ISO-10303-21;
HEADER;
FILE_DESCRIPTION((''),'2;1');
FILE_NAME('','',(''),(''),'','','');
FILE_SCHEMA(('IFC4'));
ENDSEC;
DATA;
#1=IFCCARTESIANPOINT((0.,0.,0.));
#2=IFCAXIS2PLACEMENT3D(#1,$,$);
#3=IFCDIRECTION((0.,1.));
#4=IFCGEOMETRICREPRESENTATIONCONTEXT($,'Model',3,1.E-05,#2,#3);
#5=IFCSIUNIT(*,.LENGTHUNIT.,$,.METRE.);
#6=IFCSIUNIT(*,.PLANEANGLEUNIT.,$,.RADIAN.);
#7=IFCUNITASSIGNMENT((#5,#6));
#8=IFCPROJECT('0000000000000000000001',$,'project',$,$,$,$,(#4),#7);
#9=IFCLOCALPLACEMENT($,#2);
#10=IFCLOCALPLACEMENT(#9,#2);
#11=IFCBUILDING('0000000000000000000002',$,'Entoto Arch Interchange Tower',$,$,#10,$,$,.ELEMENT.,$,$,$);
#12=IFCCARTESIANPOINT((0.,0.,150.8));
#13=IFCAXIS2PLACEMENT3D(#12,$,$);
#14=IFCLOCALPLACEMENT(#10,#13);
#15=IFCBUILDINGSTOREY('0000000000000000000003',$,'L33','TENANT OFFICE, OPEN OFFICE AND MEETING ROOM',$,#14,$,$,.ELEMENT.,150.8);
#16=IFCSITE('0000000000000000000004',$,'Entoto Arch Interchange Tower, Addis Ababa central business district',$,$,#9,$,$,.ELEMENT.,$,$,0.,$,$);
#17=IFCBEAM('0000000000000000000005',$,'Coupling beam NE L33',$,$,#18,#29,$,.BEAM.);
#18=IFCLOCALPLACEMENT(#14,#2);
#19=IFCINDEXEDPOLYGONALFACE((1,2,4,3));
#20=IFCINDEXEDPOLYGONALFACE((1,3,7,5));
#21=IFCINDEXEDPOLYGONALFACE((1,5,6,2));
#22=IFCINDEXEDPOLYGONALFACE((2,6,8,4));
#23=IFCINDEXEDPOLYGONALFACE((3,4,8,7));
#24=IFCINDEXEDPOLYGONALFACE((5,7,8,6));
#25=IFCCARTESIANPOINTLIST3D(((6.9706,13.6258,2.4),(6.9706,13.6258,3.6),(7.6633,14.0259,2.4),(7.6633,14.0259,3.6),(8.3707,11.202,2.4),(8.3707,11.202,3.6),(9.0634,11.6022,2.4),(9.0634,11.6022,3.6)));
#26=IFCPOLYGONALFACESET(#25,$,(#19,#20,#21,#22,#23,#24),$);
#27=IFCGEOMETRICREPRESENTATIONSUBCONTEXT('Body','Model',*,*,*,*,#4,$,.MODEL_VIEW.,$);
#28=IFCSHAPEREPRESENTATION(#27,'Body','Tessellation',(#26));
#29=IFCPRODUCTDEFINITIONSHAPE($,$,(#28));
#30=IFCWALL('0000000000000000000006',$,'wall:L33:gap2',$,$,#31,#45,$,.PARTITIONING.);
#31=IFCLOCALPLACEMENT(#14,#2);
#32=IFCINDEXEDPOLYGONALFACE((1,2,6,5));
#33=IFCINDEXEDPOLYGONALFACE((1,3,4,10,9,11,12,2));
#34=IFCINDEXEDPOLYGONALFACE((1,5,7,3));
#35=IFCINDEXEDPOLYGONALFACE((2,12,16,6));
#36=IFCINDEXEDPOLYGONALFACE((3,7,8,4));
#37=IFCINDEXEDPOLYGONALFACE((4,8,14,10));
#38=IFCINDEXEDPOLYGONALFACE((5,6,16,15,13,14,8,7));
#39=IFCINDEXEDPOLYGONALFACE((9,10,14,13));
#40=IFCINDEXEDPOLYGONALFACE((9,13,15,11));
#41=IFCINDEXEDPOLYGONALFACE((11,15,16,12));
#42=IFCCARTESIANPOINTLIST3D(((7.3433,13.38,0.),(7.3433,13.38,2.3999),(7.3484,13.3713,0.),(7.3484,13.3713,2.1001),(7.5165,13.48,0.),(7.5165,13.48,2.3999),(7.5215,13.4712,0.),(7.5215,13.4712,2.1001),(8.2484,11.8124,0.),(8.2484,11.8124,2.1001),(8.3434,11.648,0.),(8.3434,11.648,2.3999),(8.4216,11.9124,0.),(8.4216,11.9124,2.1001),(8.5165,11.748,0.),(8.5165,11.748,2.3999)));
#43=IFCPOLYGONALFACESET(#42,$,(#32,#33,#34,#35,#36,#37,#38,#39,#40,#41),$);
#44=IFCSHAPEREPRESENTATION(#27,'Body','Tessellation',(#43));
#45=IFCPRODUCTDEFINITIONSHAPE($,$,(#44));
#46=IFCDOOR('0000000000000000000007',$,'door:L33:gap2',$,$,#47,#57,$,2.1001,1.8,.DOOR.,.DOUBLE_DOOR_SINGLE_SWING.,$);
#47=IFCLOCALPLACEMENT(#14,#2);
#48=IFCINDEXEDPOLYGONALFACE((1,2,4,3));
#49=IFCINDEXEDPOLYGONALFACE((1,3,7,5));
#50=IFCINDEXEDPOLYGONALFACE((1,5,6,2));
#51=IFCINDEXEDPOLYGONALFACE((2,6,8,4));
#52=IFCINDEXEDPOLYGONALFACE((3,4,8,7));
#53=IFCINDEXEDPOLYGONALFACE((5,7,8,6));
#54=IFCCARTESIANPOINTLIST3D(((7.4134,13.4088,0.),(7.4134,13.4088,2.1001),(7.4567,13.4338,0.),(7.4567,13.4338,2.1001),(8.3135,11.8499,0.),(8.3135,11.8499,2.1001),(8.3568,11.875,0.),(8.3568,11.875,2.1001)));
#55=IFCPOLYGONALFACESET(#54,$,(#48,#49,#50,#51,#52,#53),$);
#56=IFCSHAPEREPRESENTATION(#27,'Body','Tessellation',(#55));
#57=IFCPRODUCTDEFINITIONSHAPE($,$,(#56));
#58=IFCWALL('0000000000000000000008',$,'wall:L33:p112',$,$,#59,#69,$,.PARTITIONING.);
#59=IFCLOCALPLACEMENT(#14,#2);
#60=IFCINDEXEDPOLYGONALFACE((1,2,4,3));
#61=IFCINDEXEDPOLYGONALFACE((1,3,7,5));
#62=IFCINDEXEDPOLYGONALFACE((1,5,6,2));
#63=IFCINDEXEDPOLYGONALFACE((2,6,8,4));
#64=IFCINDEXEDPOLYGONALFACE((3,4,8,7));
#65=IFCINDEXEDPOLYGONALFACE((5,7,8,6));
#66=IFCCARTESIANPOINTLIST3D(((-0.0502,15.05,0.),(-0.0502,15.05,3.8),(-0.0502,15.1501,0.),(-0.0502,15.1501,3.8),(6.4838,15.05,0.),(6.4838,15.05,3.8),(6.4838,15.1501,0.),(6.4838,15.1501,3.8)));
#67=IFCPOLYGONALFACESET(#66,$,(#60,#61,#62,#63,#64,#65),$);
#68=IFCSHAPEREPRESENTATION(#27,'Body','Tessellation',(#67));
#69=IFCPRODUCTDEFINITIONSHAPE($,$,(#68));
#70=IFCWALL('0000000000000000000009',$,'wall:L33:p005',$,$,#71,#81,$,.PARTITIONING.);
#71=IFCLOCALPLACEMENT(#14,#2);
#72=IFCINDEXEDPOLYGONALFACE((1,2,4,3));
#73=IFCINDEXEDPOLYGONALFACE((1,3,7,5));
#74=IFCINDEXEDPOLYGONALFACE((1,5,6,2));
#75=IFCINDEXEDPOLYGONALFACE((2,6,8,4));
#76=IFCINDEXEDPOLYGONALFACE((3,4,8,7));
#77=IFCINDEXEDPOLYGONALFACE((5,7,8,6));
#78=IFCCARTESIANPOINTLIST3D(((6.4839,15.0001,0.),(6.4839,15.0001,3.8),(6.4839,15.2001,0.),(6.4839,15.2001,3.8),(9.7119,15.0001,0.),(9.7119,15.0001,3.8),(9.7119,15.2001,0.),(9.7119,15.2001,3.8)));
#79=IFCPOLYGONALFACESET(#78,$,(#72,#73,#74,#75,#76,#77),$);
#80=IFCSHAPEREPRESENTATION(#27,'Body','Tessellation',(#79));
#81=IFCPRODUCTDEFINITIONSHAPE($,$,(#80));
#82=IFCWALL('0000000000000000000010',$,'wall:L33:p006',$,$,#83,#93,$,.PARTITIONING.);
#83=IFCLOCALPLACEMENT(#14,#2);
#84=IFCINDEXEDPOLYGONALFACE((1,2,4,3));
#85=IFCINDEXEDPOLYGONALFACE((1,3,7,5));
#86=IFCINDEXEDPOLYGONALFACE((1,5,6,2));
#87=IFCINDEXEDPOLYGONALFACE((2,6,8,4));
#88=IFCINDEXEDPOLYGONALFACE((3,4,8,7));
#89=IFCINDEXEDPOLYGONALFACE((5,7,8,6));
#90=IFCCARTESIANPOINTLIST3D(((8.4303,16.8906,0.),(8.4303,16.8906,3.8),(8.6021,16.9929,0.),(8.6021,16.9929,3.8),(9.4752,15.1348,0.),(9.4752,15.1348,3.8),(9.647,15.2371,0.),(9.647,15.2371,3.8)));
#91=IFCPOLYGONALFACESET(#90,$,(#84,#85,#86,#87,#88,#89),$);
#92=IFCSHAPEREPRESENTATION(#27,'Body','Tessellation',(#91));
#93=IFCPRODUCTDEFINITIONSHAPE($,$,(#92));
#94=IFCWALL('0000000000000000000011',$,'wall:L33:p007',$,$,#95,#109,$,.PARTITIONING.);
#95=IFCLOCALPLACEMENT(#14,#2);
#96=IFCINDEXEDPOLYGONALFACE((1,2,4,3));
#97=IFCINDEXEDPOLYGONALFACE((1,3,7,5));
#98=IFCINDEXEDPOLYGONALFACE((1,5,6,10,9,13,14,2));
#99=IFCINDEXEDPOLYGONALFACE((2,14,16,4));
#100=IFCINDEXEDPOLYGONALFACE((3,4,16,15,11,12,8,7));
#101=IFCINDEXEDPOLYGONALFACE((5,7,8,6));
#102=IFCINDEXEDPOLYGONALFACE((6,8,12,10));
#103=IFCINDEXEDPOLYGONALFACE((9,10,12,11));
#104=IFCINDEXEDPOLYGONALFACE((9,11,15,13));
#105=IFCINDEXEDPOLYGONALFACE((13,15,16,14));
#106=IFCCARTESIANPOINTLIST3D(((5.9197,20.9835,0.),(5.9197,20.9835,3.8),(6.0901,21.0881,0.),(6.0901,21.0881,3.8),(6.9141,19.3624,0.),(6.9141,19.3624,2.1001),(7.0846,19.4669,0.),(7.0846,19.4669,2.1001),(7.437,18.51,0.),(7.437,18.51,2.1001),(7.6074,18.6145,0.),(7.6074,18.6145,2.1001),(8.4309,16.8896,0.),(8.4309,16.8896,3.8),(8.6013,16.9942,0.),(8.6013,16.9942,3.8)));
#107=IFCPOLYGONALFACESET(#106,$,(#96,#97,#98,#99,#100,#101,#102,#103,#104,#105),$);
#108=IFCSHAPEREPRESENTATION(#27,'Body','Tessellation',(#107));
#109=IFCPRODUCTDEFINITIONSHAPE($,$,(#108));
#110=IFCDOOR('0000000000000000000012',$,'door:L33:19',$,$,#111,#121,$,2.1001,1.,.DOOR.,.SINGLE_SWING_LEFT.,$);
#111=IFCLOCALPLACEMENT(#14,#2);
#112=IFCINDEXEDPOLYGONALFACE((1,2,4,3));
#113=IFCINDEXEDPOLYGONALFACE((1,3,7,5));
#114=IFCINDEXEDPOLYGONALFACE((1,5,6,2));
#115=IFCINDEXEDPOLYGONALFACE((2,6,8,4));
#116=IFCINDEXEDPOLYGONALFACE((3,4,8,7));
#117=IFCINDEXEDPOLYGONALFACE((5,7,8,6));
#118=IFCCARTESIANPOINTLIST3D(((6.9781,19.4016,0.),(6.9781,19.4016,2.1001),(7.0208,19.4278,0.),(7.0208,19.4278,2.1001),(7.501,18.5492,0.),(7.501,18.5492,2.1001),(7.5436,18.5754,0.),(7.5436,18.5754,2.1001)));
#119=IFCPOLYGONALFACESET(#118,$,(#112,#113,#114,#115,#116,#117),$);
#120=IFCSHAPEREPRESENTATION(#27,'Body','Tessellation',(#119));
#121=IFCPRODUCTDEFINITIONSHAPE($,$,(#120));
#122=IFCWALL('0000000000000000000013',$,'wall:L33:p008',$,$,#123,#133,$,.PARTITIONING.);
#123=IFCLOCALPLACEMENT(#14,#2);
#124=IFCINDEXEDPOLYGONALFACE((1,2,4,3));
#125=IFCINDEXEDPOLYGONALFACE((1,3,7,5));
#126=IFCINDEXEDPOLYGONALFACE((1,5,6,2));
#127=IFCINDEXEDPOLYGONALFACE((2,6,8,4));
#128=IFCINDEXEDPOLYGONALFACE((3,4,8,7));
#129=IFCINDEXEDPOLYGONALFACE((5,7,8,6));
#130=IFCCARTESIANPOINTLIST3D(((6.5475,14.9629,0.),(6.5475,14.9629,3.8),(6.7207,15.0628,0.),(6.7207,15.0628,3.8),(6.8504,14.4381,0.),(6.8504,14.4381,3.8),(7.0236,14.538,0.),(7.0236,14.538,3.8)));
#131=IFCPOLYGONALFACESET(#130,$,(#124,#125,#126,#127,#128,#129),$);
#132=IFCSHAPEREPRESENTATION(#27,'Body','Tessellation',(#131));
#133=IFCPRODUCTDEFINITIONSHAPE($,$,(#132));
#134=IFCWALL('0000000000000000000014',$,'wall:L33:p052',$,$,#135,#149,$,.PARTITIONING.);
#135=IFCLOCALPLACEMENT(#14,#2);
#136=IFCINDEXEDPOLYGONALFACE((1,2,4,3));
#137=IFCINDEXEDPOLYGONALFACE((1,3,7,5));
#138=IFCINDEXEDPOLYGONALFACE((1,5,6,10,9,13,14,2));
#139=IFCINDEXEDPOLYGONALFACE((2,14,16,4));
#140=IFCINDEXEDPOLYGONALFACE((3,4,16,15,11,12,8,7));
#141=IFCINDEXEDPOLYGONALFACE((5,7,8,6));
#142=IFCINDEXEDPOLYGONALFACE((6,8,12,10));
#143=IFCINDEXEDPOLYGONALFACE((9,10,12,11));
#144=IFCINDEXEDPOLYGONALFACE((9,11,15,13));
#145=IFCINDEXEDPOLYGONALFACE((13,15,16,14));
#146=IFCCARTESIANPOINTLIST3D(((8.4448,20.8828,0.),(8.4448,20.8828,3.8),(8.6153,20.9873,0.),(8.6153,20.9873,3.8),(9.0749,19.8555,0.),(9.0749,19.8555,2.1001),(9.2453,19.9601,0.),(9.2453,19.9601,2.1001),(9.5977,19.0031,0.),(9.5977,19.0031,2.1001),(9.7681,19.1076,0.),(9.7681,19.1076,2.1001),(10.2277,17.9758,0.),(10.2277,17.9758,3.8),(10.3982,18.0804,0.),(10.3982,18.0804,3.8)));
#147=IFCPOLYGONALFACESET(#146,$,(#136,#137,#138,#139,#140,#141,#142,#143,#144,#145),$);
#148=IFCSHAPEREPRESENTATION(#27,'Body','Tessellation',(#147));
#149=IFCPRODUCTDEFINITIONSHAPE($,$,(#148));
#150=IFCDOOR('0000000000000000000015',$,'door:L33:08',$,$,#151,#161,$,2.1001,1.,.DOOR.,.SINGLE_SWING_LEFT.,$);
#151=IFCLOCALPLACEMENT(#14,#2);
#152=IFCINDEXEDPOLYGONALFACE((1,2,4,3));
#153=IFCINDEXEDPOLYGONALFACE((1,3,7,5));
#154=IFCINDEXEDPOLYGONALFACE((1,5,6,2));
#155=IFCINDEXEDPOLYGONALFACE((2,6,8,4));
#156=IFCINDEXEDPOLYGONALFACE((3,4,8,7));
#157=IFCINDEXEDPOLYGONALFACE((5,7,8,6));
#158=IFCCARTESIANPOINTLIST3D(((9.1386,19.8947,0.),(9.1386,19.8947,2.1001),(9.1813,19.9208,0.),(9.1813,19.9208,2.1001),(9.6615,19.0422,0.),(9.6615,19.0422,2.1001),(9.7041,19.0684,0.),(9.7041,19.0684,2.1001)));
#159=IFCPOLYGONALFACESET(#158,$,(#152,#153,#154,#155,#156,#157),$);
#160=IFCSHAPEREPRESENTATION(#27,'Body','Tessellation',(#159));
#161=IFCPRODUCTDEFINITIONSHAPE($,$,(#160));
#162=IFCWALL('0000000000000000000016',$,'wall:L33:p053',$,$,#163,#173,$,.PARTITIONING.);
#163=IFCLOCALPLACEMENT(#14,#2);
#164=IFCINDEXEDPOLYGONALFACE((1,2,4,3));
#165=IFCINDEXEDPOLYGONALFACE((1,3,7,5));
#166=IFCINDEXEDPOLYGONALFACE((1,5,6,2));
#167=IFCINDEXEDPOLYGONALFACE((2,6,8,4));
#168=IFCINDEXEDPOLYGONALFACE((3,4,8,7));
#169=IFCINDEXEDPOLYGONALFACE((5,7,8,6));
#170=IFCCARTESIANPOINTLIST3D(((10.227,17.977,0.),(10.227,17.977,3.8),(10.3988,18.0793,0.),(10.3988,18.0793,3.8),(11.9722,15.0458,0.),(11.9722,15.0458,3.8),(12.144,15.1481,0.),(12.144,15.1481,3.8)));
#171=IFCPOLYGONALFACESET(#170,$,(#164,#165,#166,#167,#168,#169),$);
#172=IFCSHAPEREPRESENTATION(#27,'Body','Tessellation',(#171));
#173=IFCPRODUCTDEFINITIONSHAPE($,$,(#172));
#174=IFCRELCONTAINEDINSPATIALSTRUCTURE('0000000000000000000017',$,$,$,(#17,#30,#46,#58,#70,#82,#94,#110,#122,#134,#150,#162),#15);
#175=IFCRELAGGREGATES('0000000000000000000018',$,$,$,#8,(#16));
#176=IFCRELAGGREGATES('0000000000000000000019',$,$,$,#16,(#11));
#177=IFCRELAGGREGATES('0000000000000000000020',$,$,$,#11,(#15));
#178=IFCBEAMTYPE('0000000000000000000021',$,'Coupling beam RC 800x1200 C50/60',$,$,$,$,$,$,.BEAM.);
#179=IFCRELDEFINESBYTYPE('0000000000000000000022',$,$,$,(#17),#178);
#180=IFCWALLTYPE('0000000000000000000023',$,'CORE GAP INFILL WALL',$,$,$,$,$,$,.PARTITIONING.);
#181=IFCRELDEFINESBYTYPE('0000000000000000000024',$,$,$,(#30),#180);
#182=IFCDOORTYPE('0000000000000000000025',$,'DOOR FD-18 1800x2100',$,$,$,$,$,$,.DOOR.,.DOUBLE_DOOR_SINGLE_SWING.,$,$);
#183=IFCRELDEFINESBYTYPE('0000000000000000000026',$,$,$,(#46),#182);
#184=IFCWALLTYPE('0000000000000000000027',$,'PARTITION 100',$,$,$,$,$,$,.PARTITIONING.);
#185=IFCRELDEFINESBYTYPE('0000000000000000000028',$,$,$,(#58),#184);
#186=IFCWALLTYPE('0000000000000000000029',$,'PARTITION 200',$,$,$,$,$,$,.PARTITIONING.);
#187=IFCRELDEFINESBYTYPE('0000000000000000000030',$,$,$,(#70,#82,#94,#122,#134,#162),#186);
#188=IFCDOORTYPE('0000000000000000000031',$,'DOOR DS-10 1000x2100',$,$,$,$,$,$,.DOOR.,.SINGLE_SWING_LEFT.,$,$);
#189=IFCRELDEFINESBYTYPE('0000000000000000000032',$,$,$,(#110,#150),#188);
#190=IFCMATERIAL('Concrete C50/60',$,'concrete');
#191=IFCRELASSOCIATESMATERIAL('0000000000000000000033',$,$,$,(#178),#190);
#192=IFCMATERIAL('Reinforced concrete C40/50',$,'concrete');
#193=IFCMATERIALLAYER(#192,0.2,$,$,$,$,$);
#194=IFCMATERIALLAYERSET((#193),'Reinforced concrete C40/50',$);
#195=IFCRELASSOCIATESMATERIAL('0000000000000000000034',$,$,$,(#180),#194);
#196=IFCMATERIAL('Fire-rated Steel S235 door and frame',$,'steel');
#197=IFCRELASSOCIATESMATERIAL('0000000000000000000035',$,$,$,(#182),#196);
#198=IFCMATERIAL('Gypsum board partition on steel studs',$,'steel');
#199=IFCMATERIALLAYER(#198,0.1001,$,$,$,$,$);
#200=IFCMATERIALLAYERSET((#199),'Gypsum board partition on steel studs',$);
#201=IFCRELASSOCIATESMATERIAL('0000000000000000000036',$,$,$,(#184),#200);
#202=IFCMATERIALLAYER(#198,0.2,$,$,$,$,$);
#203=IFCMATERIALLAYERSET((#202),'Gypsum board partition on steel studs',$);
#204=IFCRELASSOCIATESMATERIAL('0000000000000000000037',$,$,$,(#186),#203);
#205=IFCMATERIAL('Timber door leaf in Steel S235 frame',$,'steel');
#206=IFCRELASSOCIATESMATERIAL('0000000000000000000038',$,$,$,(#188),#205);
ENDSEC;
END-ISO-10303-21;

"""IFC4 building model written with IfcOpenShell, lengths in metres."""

from ifc_helpers import new_model, si_unit, direction, frame, frame_2d, origin, origin_2d, place, context, subcontext, project, spatial, rectangle, extrude, material, layer, layer_set, material_profile, profile_set, type_object, element, fill, save


model = new_model("IFC4")

# Units and contexts
model_context = context("Model", 3, precision=1e-05, world=origin(), true_north=direction((0.0, 1.0)))
body_context = subcontext(model_context, "Body", "Model", "MODEL_VIEW")
ifc_project = project(units=[si_unit("LENGTHUNIT", "METRE"), si_unit("PLANEANGLEUNIT", "RADIAN")], contexts=[model_context])

# Site, building, storey
site_placement = place(None, origin())
site = spatial("IfcSite", under=ifc_project, at=site_placement, Name="Entoto Arch Interchange Tower, Addis Ababa central business district", CompositionType="ELEMENT", RefElevation=0.0)
building_placement = place(site_placement, origin())
building = spatial("IfcBuilding", under=site, at=building_placement, Name="Entoto Arch Interchange Tower", CompositionType="ELEMENT")
storey_placement = place(building_placement, frame((0.0, 0.0, 150.8)))
storey = spatial("IfcBuildingStorey", under=building, at=storey_placement, Name="L33", Description="TENANT OFFICE, OPEN OFFICE AND MEETING ROOM", CompositionType="ELEMENT", Elevation=150.8)

# Beam
ifc_material_1 = material(Name="Concrete C50/60", Category="concrete")
ifc_material_profile = material_profile(ifc_material_1, rectangle(XDim=0.8, YDim=1.2, at=origin_2d()))
ifc_profile_set = profile_set([ifc_material_profile], Name="Concrete C50/60")
beam_type = type_object("IfcBeamType", Name="Coupling beam RC 800x1200 C50/60", PredefinedType="BEAM", material=ifc_profile_set)
beam_placement = place(storey_placement, frame((8.717, 11.4021, 3.0), z_axis=(-0.500201, 0.86591, 0.0), x_axis=(-0.86591, -0.500201, 0.0)))
element("IfcBeam", 1, at=beam_placement, inside=storey, type_object=beam_type, Name="Coupling beam NE L33", PredefinedType="BEAM", context=body_context, shape_type="SweptSolid", body=[
    extrude(rectangle(XDim=0.8, YDim=1.2, at=origin_2d()), origin(), (0.0, 0.0, 1.0), 2.7991),
])

# Wall, opening, door
ifc_material_2 = material(Name="Reinforced concrete C40/50", Category="concrete")
ifc_layer_1 = layer(ifc_material_2, 0.2)
ifc_layer_set_1 = layer_set([ifc_layer_1], Name="Reinforced concrete C40/50")
wall_type_1 = type_object("IfcWallType", Name="CORE GAP INFILL WALL", PredefinedType="PARTITIONING", material=ifc_layer_set_1)
wall_1_placement = place(storey_placement, frame((8.4299, 11.698, 0.0), z_axis=(0.0, 0.0, 1.0), x_axis=(-0.500025, 0.866011, 0.0)))
wall_1 = element("IfcWall", 2, at=wall_1_placement, inside=storey, type_object=wall_type_1, Name="wall:L33:gap2", PredefinedType="PARTITIONING", context=body_context, shape_type="SweptSolid", body=[
    extrude(rectangle(XDim=2.0, YDim=0.2, at=frame_2d((1.0, 0.0))), origin(), (0.0, 0.0, 1.0), 2.3999),
])
opening_1_placement = place(wall_1_placement, frame((0.1899, 0.0, 0.0)))
opening_1 = element("IfcOpeningElement", 3, at=opening_1_placement, cuts=wall_1, PredefinedType="OPENING", context=body_context, shape_type="SweptSolid", body=[
    extrude(rectangle(XDim=1.8, YDim=2.1001, at=frame_2d((0.8999, 1.05))), frame((0.0, 0.1099, 0.0), z_axis=(0.0, -1.0, 0.0), x_axis=(1.0, 0.0, 0.0)), (0.0, 0.0, 1.0), 0.22),
])
ifc_material_3 = material(Name="Fire-rated Steel S235 door and frame", Category="steel")
door_type_1 = type_object("IfcDoorType", Name="DOOR FD-18 1800x2100", OperationType="DOUBLE_DOOR_SINGLE_SWING", PredefinedType="DOOR", material=ifc_material_3)
door_1_placement = place(opening_1_placement, origin())
door_1 = element("IfcDoor", 4, at=door_1_placement, inside=storey, type_object=door_type_1, Name="door:L33:gap2", OperationType="DOUBLE_DOOR_SINGLE_SWING", OverallHeight=2.1001, OverallWidth=1.8, PredefinedType="DOOR", context=body_context, shape_type="SweptSolid", body=[
    extrude(rectangle(XDim=1.8, YDim=2.1001, at=frame_2d((0.8999, 1.05))), frame((0.0, 0.0249, 0.0), z_axis=(0.0, -1.0, 0.0), x_axis=(1.0, 0.0, 0.0)), (0.0, 0.0, 1.0), 0.05),
])
fill(opening_1, door_1)

# Walls
ifc_material_4 = material(Name="Gypsum board partition on steel studs", Category="steel")
ifc_layer_2 = layer(ifc_material_4, 0.1001)
ifc_layer_set_2 = layer_set([ifc_layer_2], Name="Gypsum board partition on steel studs")
wall_type_2 = type_object("IfcWallType", Name="PARTITION 100", PredefinedType="PARTITIONING", material=ifc_layer_set_2)
wall_2_placement = place(storey_placement, frame((6.4839, 15.1001, 0.0), z_axis=(0.0, 0.0, 1.0), x_axis=(-1.0, 0.0, 0.0)))
element("IfcWall", 5, at=wall_2_placement, inside=storey, type_object=wall_type_2, Name="wall:L33:p112", PredefinedType="PARTITIONING", context=body_context, shape_type="SweptSolid", body=[
    extrude(rectangle(XDim=6.5339, YDim=0.1001, at=frame_2d((3.2671, 0.0))), origin(), (0.0, 0.0, 1.0), 3.8),
])
ifc_layer_3 = layer(ifc_material_4, 0.2)
ifc_layer_set_3 = layer_set([ifc_layer_3], Name="Gypsum board partition on steel studs")
wall_type_3 = type_object("IfcWallType", Name="PARTITION 200", PredefinedType="PARTITIONING", material=ifc_layer_set_3)
wall_3_placement = place(storey_placement, frame((6.4839, 15.1001, 0.0), z_axis=(0.0, 0.0, 1.0), x_axis=(1.0, 0.0, 0.0)))
element("IfcWall", 6, at=wall_3_placement, inside=storey, type_object=wall_type_3, Name="wall:L33:p005", PredefinedType="PARTITIONING", context=body_context, shape_type="SweptSolid", body=[
    extrude(rectangle(XDim=3.228, YDim=0.2, at=frame_2d((1.614, 0.0))), origin(), (0.0, 0.0, 1.0), 3.8),
])
wall_4_placement = place(storey_placement, frame((9.561, 15.186, 0.0), z_axis=(0.0, 0.0, 1.0), x_axis=(-0.5114, 0.859343, 0.0)))
element("IfcWall", 7, at=wall_4_placement, inside=storey, type_object=wall_type_3, Name="wall:L33:p006", PredefinedType="PARTITIONING", context=body_context, shape_type="SweptSolid", body=[
    extrude(rectangle(XDim=2.0432, YDim=0.2, at=frame_2d((1.0215, 0.0))), origin(), (0.0, 0.0, 1.0), 3.8),
])

# Wall, opening, door
wall_5_placement = place(storey_placement, frame((8.5161, 16.9419, 0.0), z_axis=(0.0, 0.0, 1.0), x_axis=(-0.522866, 0.852415, 0.0)))
wall_5 = element("IfcWall", 8, at=wall_5_placement, inside=storey, type_object=wall_type_3, Name="wall:L33:p007", PredefinedType="PARTITIONING", context=body_context, shape_type="SweptSolid", body=[
    extrude(rectangle(XDim=4.8027, YDim=0.2, at=frame_2d((2.4014, 0.0))), origin(), (0.0, 0.0, 1.0), 3.8),
])
opening_2_placement = place(wall_5_placement, frame((1.9009, 0.0, 0.0)))
opening_2 = element("IfcOpeningElement", 9, at=opening_2_placement, cuts=wall_5, PredefinedType="OPENING", context=body_context, shape_type="SweptSolid", body=[
    extrude(rectangle(XDim=1.0, YDim=2.1001, at=frame_2d((0.5, 1.05))), frame((0.0, 0.1099, 0.0), z_axis=(0.0, -1.0, 0.0), x_axis=(1.0, 0.0, 0.0)), (0.0, 0.0, 1.0), 0.22),
])
ifc_material_5 = material(Name="Timber door leaf in Steel S235 frame", Category="steel")
door_type_2 = type_object("IfcDoorType", Name="DOOR DS-10 1000x2100", OperationType="SINGLE_SWING_LEFT", PredefinedType="DOOR", material=ifc_material_5)
door_2_placement = place(opening_2_placement, origin())
door_2 = element("IfcDoor", 10, at=door_2_placement, inside=storey, type_object=door_type_2, Name="door:L33:19", OperationType="SINGLE_SWING_LEFT", OverallHeight=2.1001, OverallWidth=1.0, PredefinedType="DOOR", context=body_context, shape_type="SweptSolid", body=[
    extrude(rectangle(XDim=1.0, YDim=2.1001, at=frame_2d((0.5, 1.05))), frame((0.0, 0.0249, 0.0), z_axis=(0.0, -1.0, 0.0), x_axis=(1.0, 0.0, 0.0)), (0.0, 0.0, 1.0), 0.05),
])
fill(opening_2, door_2)

# Wall
wall_6_placement = place(storey_placement, frame((6.937, 14.488, 0.0), z_axis=(0.0, 0.0, 1.0), x_axis=(-0.499908, 0.866078, 0.0)))
element("IfcWall", 11, at=wall_6_placement, inside=storey, type_object=wall_type_3, Name="wall:L33:p008", PredefinedType="PARTITIONING", context=body_context, shape_type="SweptSolid", body=[
    extrude(rectangle(XDim=0.606, YDim=0.2, at=frame_2d((0.303, 0.0))), origin(), (0.0, 0.0, 1.0), 3.8),
])

# Wall, opening, door
wall_7_placement = place(storey_placement, frame((8.53, 20.9351, 0.0), z_axis=(0.0, 0.0, 1.0), x_axis=(0.522831, -0.852437, 0.0)))
wall_7 = element("IfcWall", 12, at=wall_7_placement, inside=storey, type_object=wall_type_3, Name="wall:L33:p052", PredefinedType="PARTITIONING", context=body_context, shape_type="SweptSolid", body=[
    extrude(rectangle(XDim=3.4102, YDim=0.2, at=frame_2d((1.7051, 0.0))), origin(), (0.0, 0.0, 1.0), 3.8),
])
opening_3_placement = place(wall_7_placement, frame((1.2051, 0.0, 0.0)))
opening_3 = element("IfcOpeningElement", 13, at=opening_3_placement, cuts=wall_7, PredefinedType="OPENING", context=body_context, shape_type="SweptSolid", body=[
    extrude(rectangle(XDim=1.0, YDim=2.1001, at=frame_2d((0.5, 1.05))), frame((0.0, 0.1099, 0.0), z_axis=(0.0, -1.0, 0.0), x_axis=(1.0, 0.0, 0.0)), (0.0, 0.0, 1.0), 0.22),
])
door_3_placement = place(opening_3_placement, origin())
door_3 = element("IfcDoor", 14, at=door_3_placement, inside=storey, type_object=door_type_2, Name="door:L33:08", OperationType="SINGLE_SWING_LEFT", OverallHeight=2.1001, OverallWidth=1.0, PredefinedType="DOOR", context=body_context, shape_type="SweptSolid", body=[
    extrude(rectangle(XDim=1.0, YDim=2.1001, at=frame_2d((0.5, 1.05))), frame((0.0, 0.0249, 0.0), z_axis=(0.0, -1.0, 0.0), x_axis=(1.0, 0.0, 0.0)), (0.0, 0.0, 1.0), 0.05),
])
fill(opening_3, door_3)

# Wall
wall_8_placement = place(storey_placement, frame((10.313, 18.0281, 0.0), z_axis=(0.0, 0.0, 1.0), x_axis=(0.511567, -0.859243, 0.0)))
element("IfcWall", 15, at=wall_8_placement, inside=storey, type_object=wall_type_3, Name="wall:L33:p053", PredefinedType="PARTITIONING", context=body_context, shape_type="SweptSolid", body=[
    extrude(rectangle(XDim=3.4114, YDim=0.2, at=frame_2d((1.7056, 0.0))), origin(), (0.0, 0.0, 1.0), 3.8),
])

save(model, "model.ifc")
